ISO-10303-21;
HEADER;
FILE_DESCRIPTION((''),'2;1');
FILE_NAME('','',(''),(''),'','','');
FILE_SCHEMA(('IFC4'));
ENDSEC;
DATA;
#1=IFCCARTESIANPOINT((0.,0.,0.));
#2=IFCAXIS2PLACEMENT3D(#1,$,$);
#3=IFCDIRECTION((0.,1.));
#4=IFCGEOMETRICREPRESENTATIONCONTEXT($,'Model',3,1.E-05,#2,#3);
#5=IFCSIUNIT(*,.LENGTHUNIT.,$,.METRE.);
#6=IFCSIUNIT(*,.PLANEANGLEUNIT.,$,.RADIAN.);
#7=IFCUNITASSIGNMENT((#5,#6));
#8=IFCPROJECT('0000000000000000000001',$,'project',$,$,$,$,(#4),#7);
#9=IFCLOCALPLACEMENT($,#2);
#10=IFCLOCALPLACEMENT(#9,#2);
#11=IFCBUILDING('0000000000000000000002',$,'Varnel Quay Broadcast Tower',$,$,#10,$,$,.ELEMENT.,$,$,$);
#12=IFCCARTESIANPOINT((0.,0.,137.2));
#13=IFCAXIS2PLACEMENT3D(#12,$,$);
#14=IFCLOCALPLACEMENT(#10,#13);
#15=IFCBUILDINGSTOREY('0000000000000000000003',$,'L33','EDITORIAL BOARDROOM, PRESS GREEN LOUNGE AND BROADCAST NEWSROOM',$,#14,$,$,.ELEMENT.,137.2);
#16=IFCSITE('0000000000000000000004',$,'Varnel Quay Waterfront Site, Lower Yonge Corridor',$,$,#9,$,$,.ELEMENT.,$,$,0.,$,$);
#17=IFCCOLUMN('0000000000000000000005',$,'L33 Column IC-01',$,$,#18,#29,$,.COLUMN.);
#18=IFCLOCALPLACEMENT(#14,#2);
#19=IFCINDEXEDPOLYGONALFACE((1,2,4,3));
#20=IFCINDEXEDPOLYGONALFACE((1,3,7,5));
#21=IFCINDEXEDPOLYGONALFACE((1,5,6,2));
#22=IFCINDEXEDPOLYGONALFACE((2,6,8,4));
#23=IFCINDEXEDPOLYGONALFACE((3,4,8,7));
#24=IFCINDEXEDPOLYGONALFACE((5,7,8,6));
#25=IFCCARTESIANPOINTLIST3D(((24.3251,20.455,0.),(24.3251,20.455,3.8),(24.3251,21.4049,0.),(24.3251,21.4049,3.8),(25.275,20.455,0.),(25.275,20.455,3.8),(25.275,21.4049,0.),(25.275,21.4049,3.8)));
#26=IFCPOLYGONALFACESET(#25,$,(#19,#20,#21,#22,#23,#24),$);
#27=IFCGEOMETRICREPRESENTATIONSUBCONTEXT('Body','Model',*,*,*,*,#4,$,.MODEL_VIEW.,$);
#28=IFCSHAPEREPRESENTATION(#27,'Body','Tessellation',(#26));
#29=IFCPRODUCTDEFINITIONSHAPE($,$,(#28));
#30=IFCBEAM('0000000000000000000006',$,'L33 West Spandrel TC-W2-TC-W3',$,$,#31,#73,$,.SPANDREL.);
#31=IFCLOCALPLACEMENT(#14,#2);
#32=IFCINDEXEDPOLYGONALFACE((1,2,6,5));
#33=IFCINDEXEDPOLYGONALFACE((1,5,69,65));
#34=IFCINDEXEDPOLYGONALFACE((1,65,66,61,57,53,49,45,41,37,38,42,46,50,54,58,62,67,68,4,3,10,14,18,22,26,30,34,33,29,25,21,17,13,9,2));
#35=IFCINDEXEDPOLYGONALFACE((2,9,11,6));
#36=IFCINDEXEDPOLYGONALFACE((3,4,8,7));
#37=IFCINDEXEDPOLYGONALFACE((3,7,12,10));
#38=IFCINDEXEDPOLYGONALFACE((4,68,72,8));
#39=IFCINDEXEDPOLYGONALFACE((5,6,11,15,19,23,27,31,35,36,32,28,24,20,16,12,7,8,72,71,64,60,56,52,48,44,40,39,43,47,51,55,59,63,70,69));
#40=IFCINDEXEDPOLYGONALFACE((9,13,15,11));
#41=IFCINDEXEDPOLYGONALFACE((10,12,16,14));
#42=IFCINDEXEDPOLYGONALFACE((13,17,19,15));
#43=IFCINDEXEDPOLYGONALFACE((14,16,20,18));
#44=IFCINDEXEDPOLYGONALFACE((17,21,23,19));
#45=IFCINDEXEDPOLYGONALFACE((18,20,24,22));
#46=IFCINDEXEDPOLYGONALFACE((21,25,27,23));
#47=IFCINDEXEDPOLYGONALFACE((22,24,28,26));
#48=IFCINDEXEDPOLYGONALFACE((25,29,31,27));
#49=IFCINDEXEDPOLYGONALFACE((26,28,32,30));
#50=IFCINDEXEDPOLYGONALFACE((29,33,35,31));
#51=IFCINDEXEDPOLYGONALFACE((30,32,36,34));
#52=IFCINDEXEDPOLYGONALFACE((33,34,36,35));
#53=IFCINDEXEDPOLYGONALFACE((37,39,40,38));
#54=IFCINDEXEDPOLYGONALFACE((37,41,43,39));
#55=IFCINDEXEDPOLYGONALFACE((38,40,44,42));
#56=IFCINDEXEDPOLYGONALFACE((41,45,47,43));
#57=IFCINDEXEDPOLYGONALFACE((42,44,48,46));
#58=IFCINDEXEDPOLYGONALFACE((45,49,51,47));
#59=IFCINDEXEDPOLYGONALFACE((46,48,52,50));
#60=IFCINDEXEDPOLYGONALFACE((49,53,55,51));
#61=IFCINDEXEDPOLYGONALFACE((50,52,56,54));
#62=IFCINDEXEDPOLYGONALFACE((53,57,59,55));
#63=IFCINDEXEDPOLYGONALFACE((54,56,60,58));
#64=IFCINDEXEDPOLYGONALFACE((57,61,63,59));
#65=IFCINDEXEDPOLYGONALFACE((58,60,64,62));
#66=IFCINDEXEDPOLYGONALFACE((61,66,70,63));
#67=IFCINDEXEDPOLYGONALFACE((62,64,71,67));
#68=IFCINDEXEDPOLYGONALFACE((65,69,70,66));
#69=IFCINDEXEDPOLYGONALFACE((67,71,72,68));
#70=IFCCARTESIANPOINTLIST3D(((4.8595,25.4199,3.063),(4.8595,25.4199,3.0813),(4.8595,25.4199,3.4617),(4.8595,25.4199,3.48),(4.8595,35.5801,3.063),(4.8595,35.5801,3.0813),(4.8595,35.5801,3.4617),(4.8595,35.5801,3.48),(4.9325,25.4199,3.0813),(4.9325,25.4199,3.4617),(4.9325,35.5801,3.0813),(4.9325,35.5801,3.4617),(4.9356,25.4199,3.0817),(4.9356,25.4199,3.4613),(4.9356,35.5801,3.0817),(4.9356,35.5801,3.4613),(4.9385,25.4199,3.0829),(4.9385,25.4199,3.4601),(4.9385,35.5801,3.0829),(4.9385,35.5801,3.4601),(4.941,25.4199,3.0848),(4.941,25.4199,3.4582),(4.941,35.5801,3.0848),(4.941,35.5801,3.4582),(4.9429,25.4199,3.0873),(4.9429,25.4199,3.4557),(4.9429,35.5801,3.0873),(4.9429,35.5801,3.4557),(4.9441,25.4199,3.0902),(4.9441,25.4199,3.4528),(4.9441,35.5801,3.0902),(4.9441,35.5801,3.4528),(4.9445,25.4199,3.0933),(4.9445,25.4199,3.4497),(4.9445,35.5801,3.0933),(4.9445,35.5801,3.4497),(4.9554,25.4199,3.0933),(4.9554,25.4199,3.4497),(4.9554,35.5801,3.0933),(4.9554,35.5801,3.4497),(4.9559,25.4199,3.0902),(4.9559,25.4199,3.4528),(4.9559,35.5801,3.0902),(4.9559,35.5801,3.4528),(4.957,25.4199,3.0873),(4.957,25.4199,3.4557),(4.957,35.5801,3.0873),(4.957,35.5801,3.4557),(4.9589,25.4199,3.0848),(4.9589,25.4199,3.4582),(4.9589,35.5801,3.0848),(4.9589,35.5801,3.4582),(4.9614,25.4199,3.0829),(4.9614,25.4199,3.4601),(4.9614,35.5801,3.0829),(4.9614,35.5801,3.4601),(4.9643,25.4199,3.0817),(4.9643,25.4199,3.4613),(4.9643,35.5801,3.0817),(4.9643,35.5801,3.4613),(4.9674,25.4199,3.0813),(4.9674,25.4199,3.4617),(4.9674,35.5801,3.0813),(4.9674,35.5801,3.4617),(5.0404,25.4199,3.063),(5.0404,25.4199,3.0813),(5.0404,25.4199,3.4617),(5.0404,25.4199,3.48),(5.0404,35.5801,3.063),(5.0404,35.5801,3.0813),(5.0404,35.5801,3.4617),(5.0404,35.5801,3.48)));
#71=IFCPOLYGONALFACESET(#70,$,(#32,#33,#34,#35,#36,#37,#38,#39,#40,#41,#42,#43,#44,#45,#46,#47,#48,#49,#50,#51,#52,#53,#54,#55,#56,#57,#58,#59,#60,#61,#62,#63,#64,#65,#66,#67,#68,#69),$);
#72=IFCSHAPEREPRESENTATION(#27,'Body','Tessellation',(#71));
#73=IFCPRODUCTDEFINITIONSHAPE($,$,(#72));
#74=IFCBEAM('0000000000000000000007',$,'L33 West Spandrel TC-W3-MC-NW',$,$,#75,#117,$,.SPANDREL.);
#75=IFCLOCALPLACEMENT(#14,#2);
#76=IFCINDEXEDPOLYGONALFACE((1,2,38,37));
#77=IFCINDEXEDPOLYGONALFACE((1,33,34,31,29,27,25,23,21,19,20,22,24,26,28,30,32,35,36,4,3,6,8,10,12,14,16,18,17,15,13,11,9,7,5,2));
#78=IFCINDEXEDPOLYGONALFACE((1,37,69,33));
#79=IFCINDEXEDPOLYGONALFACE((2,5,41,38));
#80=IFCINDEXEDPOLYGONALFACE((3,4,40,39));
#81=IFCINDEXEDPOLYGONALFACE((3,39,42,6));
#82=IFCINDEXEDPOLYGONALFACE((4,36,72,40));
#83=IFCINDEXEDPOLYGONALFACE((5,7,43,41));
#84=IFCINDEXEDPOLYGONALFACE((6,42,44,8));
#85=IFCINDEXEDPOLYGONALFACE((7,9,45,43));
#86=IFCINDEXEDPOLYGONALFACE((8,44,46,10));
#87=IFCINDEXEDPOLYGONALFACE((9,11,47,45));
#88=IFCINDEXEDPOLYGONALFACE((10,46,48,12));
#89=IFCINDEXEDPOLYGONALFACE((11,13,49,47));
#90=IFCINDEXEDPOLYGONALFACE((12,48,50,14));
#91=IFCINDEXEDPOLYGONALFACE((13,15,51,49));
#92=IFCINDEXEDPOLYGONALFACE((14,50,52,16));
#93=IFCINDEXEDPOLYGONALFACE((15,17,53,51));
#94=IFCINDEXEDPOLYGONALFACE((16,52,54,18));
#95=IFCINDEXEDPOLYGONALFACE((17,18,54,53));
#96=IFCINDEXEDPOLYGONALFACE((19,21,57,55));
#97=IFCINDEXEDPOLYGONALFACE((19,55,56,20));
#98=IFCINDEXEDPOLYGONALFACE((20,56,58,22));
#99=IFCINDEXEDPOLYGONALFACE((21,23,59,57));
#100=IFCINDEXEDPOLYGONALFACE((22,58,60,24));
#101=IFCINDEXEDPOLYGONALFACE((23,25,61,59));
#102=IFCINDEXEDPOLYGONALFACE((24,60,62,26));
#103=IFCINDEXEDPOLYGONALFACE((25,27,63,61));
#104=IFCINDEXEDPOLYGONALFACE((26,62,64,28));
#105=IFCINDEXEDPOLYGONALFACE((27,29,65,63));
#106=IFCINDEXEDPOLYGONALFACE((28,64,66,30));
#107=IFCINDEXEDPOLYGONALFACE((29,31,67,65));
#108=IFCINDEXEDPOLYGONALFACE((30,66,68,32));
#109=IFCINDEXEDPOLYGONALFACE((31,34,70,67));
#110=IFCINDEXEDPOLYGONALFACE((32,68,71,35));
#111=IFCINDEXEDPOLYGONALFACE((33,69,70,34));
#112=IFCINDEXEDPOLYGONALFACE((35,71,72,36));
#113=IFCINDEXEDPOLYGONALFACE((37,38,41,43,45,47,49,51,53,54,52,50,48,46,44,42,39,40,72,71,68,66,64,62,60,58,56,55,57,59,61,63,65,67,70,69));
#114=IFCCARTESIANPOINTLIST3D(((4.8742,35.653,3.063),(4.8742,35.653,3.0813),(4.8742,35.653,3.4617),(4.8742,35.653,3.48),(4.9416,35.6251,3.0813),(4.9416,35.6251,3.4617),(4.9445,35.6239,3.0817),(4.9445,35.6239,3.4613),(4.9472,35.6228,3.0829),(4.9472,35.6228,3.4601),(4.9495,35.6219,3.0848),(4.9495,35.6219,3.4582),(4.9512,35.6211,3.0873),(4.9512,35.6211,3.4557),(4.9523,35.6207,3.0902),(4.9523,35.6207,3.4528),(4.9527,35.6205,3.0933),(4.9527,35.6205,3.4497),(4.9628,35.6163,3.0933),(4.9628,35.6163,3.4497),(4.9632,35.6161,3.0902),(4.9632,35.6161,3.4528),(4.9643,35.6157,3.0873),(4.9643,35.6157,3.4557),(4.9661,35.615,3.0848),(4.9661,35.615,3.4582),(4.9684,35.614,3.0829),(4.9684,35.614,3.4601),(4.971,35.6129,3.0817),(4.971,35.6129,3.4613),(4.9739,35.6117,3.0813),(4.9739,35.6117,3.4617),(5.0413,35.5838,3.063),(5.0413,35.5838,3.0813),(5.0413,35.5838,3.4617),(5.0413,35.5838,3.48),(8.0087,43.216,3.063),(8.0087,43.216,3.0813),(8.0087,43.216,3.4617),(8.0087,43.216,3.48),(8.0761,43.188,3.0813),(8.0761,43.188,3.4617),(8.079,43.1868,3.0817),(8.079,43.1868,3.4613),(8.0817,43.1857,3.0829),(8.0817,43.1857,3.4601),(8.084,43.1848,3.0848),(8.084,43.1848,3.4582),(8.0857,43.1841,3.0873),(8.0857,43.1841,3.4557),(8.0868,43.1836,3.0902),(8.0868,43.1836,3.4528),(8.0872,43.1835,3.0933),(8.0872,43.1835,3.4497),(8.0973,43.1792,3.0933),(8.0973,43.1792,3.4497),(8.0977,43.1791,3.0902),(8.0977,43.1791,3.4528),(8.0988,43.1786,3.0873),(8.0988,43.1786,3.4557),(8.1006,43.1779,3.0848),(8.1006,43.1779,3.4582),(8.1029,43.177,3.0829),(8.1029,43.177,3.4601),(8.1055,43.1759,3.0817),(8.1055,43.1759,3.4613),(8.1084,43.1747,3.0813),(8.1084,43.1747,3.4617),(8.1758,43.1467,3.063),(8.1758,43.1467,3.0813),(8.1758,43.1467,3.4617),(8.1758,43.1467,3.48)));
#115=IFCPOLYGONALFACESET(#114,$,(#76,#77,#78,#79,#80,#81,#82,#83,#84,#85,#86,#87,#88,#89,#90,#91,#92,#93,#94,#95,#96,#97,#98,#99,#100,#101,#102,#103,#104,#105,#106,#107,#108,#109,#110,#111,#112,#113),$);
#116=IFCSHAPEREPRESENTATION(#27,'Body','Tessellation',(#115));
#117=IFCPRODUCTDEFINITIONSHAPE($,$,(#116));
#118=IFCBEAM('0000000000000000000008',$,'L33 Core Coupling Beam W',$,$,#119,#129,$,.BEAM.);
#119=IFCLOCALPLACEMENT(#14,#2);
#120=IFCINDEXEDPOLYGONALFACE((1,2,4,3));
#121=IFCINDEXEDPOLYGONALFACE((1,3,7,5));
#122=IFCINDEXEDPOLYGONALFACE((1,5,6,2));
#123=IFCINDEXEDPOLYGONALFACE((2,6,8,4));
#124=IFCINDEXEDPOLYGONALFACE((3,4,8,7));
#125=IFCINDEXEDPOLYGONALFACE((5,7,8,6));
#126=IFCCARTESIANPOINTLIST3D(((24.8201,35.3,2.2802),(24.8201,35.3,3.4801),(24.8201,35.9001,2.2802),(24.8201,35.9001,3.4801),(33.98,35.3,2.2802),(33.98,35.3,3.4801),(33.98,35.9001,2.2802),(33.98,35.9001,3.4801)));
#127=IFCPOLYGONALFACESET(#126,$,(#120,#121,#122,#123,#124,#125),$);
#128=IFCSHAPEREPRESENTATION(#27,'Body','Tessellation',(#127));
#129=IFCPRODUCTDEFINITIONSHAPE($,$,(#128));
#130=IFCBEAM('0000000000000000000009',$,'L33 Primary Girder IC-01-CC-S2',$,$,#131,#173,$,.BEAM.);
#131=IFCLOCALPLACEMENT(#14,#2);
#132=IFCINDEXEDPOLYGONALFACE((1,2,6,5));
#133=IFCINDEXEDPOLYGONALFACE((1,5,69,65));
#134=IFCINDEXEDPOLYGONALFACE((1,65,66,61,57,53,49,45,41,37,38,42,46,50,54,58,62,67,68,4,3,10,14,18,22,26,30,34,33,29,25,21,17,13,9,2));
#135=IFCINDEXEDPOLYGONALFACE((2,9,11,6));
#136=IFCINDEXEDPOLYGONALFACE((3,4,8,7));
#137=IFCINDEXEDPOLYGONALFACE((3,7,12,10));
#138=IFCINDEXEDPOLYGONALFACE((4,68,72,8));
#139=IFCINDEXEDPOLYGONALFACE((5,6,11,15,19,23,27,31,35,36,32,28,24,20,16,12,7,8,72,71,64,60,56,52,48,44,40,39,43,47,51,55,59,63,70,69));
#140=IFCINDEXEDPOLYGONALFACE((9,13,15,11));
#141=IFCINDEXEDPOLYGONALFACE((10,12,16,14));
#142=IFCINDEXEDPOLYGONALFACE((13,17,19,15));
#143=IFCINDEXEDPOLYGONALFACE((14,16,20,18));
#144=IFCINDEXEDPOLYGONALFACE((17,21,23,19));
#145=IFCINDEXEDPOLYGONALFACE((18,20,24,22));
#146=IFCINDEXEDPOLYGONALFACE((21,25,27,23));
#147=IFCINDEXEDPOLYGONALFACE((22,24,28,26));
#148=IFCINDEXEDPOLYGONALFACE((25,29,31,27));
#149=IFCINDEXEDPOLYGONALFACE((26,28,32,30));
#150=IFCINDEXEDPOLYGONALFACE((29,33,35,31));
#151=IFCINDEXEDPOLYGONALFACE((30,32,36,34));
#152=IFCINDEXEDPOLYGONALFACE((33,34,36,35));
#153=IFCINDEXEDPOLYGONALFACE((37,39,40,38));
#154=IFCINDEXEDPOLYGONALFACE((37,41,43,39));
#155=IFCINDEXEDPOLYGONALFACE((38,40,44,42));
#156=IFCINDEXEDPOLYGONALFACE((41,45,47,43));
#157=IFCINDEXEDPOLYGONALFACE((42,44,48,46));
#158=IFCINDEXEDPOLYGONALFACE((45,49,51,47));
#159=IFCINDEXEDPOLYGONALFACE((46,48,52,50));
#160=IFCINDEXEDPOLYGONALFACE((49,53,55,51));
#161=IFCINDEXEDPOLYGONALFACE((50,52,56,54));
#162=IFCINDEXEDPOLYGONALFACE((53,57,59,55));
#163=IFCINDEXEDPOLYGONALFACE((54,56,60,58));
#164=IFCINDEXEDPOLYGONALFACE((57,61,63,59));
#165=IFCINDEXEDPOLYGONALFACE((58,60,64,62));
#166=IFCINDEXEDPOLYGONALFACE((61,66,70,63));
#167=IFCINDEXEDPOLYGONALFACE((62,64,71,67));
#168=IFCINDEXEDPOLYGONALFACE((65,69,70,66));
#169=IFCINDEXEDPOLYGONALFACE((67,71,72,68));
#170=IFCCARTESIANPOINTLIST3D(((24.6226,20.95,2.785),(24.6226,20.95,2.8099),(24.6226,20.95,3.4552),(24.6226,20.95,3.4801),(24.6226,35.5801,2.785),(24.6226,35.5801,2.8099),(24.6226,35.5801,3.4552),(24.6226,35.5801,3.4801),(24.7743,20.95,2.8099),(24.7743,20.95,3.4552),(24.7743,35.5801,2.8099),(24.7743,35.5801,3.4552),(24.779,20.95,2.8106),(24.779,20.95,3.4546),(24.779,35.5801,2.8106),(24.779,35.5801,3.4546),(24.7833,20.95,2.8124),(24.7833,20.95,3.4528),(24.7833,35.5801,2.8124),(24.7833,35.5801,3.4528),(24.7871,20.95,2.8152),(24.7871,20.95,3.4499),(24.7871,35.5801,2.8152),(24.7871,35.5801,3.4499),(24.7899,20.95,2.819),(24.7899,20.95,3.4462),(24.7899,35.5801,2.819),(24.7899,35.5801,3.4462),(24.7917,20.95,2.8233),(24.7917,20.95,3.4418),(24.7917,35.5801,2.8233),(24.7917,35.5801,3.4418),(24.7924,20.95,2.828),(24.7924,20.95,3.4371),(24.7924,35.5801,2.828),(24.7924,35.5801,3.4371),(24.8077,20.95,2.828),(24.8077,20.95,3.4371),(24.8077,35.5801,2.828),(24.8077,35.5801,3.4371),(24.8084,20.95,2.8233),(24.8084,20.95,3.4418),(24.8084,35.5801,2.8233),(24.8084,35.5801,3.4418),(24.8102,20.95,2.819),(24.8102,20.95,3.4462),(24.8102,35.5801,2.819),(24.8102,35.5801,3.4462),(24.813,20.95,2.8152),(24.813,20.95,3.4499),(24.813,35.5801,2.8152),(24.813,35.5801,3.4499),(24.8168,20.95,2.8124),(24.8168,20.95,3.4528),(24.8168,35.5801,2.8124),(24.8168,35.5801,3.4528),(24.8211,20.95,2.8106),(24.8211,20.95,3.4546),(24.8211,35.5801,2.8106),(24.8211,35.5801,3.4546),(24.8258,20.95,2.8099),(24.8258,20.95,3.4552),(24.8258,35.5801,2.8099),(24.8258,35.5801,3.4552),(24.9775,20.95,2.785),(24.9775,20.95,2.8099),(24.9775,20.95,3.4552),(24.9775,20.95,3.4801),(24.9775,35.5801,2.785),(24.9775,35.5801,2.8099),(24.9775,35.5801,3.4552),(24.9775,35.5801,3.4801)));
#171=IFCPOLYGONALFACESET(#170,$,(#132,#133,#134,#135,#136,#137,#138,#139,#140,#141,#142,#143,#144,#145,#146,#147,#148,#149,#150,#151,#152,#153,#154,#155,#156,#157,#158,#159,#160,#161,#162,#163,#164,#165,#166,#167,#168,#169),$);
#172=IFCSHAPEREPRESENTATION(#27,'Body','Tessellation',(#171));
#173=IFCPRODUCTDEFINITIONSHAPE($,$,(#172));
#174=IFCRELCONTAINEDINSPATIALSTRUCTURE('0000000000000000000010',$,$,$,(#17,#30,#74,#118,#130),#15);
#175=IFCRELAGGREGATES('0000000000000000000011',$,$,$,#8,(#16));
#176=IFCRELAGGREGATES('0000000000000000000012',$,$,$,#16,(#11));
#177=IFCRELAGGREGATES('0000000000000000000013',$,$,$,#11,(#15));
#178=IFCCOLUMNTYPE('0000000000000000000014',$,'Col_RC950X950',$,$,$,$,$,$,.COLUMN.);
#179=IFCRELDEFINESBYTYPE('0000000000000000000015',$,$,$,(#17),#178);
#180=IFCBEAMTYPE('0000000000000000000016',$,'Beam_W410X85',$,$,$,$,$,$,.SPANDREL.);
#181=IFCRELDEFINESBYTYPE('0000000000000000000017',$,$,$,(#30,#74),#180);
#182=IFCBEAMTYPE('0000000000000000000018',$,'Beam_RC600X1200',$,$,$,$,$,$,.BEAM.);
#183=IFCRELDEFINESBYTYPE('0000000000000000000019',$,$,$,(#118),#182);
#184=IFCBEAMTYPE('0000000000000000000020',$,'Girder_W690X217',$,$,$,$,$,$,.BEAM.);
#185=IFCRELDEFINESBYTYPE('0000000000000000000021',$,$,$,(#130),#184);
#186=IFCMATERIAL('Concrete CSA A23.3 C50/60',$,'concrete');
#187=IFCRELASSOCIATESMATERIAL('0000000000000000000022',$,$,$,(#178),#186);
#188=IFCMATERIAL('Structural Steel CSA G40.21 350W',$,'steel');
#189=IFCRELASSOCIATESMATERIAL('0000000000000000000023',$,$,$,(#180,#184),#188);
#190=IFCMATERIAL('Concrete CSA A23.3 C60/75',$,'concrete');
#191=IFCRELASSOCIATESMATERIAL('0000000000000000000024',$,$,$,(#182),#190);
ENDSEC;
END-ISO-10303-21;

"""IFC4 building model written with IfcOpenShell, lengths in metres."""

from ifc_helpers import new_model, si_unit, direction, frame, origin, origin_2d, place, context, subcontext, project, spatial, rectangle, i_section, extrude, source, transform, mapped, material, material_profile, profile_set, type_object, type_shapes, element, save


model = new_model("IFC4")

# Units and contexts
model_context = context("Model", 3, precision=1e-05, world=origin(), true_north=direction((0.0, 1.0)))
body_context = subcontext(model_context, "Body", "Model", "MODEL_VIEW")
ifc_project = project(units=[si_unit("LENGTHUNIT", "METRE"), si_unit("PLANEANGLEUNIT", "RADIAN")], contexts=[model_context])

# Site, building, storey
site_placement = place(None, origin())
site = spatial("IfcSite", under=ifc_project, at=site_placement, Name="Varnel Quay Waterfront Site, Lower Yonge Corridor", CompositionType="ELEMENT", RefElevation=0.0)
building_placement = place(site_placement, origin())
building = spatial("IfcBuilding", under=site, at=building_placement, Name="Varnel Quay Broadcast Tower", CompositionType="ELEMENT")
storey_placement = place(building_placement, frame((0.0, 0.0, 137.2)))
storey = spatial("IfcBuildingStorey", under=building, at=storey_placement, Name="L33", Description="EDITORIAL BOARDROOM, PRESS GREEN LOUNGE AND BROADCAST NEWSROOM", CompositionType="ELEMENT", Elevation=137.2)

# Column
ifc_material_1 = material(Name="Structural Steel CSA G40.21 350W", Category="steel")
ifc_material_2 = material(Name="Concrete CSA A23.3 C50/60", Category="concrete")
ifc_material_profile_1 = material_profile(ifc_material_2, rectangle(XDim=0.95, YDim=0.95, at=origin_2d()), Name="RC950X950")
ifc_profile_set_1 = profile_set([ifc_material_profile_1], Name="Concrete CSA A23.3 C50/60")
column_type_1 = type_object("IfcColumnType", Name="Col_RC950X950", PredefinedType="COLUMN", material=ifc_profile_set_1)
shared_shape_1 = source(origin(), body_context, "Body", "SweptSolid", [
    extrude(rectangle(XDim=0.95, YDim=0.95, at=origin_2d()), origin(), (0.0, 0.0, 1.0), 3.8),
])
type_shapes(column_type_1, [shared_shape_1])
column_placement = place(storey_placement, frame((24.8, 20.9299, 0.0), z_axis=(0.0, 0.0, 1.0), x_axis=(1.0, 0.0, 0.0)))
element("IfcColumn", 1, at=column_placement, inside=storey, type_object=column_type_1, Name="L33 Column IC-01", PredefinedType="COLUMN", context=body_context, shape_type="MappedRepresentation", body=[
    mapped(shared_shape_1, transform((0.0, 0.0, 0.0), x_axis=(1.0, 0.0, 0.0), y_axis=(0.0, 1.0, 0.0), z_axis=(0.0, 0.0, 1.0), scale=1.0)),
])

# Beams
ifc_material_profile_2 = material_profile(ifc_material_1, i_section(OverallWidth=0.1809, OverallDepth=0.417, WebThickness=0.011, FlangeThickness=0.0183, FilletRadius=0.012, at=origin_2d()), Name="W410X85")
ifc_profile_set_2 = profile_set([ifc_material_profile_2], Name="Structural Steel CSA G40.21 350W")
beam_type_1 = type_object("IfcBeamType", Name="Beam_W410X85", PredefinedType="SPANDREL", material=ifc_profile_set_2)
shared_shape_2 = source(origin(), body_context, "Body", "SweptSolid", [
    extrude(i_section(OverallWidth=0.1809, OverallDepth=0.417, WebThickness=0.011, FlangeThickness=0.0183, FilletRadius=0.012, at=origin_2d()), origin(), (0.0, 0.0, 1.0), 10.1602),
])
beam_1_placement = place(storey_placement, frame((4.95, 25.4199, 3.2715), z_axis=(0.0, 1.0, 0.0), x_axis=(-1.0, 0.0, 0.0)))
element("IfcBeam", 2, at=beam_1_placement, inside=storey, type_object=beam_type_1, Name="L33 West Spandrel TC-W2-TC-W3", PredefinedType="SPANDREL", context=body_context, shape_type="MappedRepresentation", body=[
    mapped(shared_shape_2, transform((0.0, 0.0, 0.0), x_axis=(1.0, 0.0, 0.0), y_axis=(0.0, 1.0, 0.0), z_axis=(0.0, 0.0, 1.0), scale=1.0)),
])
shared_shape_3 = source(origin(), body_context, "Body", "SweptSolid", [
    extrude(i_section(OverallWidth=0.1809, OverallDepth=0.417, WebThickness=0.011, FlangeThickness=0.0183, FilletRadius=0.012, at=origin_2d()), origin(), (0.0, 0.0, 1.0), 8.1868),
])
type_shapes(beam_type_1, [shared_shape_2, shared_shape_3])
beam_2_placement = place(storey_placement, frame((4.9578, 35.6184, 3.2715), z_axis=(0.382874, 0.923801, 0.0), x_axis=(-0.923801, 0.382874, 0.0)))
element("IfcBeam", 3, at=beam_2_placement, inside=storey, type_object=beam_type_1, Name="L33 West Spandrel TC-W3-MC-NW", PredefinedType="SPANDREL", context=body_context, shape_type="MappedRepresentation", body=[
    mapped(shared_shape_3, transform((0.0, 0.0, 0.0), x_axis=(1.0, 0.0, 0.0), y_axis=(0.0, 1.0, 0.0), z_axis=(0.0, 0.0, 1.0), scale=1.0)),
])
ifc_material_3 = material(Name="Concrete CSA A23.3 C60/75", Category="concrete")
ifc_material_profile_3 = material_profile(ifc_material_3, rectangle(XDim=0.6001, YDim=1.2, at=origin_2d()), Name="RC600X1200")
ifc_profile_set_3 = profile_set([ifc_material_profile_3], Name="Concrete CSA A23.3 C60/75")
beam_type_2 = type_object("IfcBeamType", Name="Beam_RC600X1200", PredefinedType="BEAM", material=ifc_profile_set_3)
shared_shape_4 = source(origin(), body_context, "Body", "SweptSolid", [
    extrude(rectangle(XDim=0.6001, YDim=1.2, at=origin_2d()), origin(), (0.0, 0.0, 1.0), 9.1599),
])
type_shapes(beam_type_2, [shared_shape_4])
beam_3_placement = place(storey_placement, frame((24.8201, 35.6001, 2.8801), z_axis=(1.0, 0.0, 0.0), x_axis=(0.0, 1.0, 0.0)))
element("IfcBeam", 4, at=beam_3_placement, inside=storey, type_object=beam_type_2, Name="L33 Core Coupling Beam W", PredefinedType="BEAM", context=body_context, shape_type="MappedRepresentation", body=[
    mapped(shared_shape_4, transform((0.0, 0.0, 0.0), x_axis=(1.0, 0.0, 0.0), y_axis=(0.0, 1.0, 0.0), z_axis=(0.0, 0.0, 1.0), scale=1.0)),
])
ifc_material_profile_4 = material_profile(ifc_material_1, i_section(OverallWidth=0.355, OverallDepth=0.6951, WebThickness=0.0154, FlangeThickness=0.0249, FilletRadius=0.0181, at=origin_2d()), Name="W690X217")
ifc_profile_set_4 = profile_set([ifc_material_profile_4], Name="Structural Steel CSA G40.21 350W")
beam_type_3 = type_object("IfcBeamType", Name="Girder_W690X217", PredefinedType="BEAM", material=ifc_profile_set_4)
shared_shape_5 = source(origin(), body_context, "Body", "SweptSolid", [
    extrude(i_section(OverallWidth=0.355, OverallDepth=0.6951, WebThickness=0.0154, FlangeThickness=0.0249, FilletRadius=0.0181, at=origin_2d()), origin(), (0.0, 0.0, 1.0), 14.6301),
])
beam_4_placement = place(storey_placement, frame((24.8, 20.95, 3.1326), z_axis=(0.0, 1.0, 0.0), x_axis=(-1.0, 0.0, 0.0)))
element("IfcBeam", 5, at=beam_4_placement, inside=storey, type_object=beam_type_3, Name="L33 Primary Girder IC-01-CC-S2", PredefinedType="BEAM", context=body_context, shape_type="MappedRepresentation", body=[
    mapped(shared_shape_5, transform((0.0, 0.0, 0.0), x_axis=(1.0, 0.0, 0.0), y_axis=(0.0, 1.0, 0.0), z_axis=(0.0, 0.0, 1.0), scale=1.0)),
])

save(model, "model.ifc")
